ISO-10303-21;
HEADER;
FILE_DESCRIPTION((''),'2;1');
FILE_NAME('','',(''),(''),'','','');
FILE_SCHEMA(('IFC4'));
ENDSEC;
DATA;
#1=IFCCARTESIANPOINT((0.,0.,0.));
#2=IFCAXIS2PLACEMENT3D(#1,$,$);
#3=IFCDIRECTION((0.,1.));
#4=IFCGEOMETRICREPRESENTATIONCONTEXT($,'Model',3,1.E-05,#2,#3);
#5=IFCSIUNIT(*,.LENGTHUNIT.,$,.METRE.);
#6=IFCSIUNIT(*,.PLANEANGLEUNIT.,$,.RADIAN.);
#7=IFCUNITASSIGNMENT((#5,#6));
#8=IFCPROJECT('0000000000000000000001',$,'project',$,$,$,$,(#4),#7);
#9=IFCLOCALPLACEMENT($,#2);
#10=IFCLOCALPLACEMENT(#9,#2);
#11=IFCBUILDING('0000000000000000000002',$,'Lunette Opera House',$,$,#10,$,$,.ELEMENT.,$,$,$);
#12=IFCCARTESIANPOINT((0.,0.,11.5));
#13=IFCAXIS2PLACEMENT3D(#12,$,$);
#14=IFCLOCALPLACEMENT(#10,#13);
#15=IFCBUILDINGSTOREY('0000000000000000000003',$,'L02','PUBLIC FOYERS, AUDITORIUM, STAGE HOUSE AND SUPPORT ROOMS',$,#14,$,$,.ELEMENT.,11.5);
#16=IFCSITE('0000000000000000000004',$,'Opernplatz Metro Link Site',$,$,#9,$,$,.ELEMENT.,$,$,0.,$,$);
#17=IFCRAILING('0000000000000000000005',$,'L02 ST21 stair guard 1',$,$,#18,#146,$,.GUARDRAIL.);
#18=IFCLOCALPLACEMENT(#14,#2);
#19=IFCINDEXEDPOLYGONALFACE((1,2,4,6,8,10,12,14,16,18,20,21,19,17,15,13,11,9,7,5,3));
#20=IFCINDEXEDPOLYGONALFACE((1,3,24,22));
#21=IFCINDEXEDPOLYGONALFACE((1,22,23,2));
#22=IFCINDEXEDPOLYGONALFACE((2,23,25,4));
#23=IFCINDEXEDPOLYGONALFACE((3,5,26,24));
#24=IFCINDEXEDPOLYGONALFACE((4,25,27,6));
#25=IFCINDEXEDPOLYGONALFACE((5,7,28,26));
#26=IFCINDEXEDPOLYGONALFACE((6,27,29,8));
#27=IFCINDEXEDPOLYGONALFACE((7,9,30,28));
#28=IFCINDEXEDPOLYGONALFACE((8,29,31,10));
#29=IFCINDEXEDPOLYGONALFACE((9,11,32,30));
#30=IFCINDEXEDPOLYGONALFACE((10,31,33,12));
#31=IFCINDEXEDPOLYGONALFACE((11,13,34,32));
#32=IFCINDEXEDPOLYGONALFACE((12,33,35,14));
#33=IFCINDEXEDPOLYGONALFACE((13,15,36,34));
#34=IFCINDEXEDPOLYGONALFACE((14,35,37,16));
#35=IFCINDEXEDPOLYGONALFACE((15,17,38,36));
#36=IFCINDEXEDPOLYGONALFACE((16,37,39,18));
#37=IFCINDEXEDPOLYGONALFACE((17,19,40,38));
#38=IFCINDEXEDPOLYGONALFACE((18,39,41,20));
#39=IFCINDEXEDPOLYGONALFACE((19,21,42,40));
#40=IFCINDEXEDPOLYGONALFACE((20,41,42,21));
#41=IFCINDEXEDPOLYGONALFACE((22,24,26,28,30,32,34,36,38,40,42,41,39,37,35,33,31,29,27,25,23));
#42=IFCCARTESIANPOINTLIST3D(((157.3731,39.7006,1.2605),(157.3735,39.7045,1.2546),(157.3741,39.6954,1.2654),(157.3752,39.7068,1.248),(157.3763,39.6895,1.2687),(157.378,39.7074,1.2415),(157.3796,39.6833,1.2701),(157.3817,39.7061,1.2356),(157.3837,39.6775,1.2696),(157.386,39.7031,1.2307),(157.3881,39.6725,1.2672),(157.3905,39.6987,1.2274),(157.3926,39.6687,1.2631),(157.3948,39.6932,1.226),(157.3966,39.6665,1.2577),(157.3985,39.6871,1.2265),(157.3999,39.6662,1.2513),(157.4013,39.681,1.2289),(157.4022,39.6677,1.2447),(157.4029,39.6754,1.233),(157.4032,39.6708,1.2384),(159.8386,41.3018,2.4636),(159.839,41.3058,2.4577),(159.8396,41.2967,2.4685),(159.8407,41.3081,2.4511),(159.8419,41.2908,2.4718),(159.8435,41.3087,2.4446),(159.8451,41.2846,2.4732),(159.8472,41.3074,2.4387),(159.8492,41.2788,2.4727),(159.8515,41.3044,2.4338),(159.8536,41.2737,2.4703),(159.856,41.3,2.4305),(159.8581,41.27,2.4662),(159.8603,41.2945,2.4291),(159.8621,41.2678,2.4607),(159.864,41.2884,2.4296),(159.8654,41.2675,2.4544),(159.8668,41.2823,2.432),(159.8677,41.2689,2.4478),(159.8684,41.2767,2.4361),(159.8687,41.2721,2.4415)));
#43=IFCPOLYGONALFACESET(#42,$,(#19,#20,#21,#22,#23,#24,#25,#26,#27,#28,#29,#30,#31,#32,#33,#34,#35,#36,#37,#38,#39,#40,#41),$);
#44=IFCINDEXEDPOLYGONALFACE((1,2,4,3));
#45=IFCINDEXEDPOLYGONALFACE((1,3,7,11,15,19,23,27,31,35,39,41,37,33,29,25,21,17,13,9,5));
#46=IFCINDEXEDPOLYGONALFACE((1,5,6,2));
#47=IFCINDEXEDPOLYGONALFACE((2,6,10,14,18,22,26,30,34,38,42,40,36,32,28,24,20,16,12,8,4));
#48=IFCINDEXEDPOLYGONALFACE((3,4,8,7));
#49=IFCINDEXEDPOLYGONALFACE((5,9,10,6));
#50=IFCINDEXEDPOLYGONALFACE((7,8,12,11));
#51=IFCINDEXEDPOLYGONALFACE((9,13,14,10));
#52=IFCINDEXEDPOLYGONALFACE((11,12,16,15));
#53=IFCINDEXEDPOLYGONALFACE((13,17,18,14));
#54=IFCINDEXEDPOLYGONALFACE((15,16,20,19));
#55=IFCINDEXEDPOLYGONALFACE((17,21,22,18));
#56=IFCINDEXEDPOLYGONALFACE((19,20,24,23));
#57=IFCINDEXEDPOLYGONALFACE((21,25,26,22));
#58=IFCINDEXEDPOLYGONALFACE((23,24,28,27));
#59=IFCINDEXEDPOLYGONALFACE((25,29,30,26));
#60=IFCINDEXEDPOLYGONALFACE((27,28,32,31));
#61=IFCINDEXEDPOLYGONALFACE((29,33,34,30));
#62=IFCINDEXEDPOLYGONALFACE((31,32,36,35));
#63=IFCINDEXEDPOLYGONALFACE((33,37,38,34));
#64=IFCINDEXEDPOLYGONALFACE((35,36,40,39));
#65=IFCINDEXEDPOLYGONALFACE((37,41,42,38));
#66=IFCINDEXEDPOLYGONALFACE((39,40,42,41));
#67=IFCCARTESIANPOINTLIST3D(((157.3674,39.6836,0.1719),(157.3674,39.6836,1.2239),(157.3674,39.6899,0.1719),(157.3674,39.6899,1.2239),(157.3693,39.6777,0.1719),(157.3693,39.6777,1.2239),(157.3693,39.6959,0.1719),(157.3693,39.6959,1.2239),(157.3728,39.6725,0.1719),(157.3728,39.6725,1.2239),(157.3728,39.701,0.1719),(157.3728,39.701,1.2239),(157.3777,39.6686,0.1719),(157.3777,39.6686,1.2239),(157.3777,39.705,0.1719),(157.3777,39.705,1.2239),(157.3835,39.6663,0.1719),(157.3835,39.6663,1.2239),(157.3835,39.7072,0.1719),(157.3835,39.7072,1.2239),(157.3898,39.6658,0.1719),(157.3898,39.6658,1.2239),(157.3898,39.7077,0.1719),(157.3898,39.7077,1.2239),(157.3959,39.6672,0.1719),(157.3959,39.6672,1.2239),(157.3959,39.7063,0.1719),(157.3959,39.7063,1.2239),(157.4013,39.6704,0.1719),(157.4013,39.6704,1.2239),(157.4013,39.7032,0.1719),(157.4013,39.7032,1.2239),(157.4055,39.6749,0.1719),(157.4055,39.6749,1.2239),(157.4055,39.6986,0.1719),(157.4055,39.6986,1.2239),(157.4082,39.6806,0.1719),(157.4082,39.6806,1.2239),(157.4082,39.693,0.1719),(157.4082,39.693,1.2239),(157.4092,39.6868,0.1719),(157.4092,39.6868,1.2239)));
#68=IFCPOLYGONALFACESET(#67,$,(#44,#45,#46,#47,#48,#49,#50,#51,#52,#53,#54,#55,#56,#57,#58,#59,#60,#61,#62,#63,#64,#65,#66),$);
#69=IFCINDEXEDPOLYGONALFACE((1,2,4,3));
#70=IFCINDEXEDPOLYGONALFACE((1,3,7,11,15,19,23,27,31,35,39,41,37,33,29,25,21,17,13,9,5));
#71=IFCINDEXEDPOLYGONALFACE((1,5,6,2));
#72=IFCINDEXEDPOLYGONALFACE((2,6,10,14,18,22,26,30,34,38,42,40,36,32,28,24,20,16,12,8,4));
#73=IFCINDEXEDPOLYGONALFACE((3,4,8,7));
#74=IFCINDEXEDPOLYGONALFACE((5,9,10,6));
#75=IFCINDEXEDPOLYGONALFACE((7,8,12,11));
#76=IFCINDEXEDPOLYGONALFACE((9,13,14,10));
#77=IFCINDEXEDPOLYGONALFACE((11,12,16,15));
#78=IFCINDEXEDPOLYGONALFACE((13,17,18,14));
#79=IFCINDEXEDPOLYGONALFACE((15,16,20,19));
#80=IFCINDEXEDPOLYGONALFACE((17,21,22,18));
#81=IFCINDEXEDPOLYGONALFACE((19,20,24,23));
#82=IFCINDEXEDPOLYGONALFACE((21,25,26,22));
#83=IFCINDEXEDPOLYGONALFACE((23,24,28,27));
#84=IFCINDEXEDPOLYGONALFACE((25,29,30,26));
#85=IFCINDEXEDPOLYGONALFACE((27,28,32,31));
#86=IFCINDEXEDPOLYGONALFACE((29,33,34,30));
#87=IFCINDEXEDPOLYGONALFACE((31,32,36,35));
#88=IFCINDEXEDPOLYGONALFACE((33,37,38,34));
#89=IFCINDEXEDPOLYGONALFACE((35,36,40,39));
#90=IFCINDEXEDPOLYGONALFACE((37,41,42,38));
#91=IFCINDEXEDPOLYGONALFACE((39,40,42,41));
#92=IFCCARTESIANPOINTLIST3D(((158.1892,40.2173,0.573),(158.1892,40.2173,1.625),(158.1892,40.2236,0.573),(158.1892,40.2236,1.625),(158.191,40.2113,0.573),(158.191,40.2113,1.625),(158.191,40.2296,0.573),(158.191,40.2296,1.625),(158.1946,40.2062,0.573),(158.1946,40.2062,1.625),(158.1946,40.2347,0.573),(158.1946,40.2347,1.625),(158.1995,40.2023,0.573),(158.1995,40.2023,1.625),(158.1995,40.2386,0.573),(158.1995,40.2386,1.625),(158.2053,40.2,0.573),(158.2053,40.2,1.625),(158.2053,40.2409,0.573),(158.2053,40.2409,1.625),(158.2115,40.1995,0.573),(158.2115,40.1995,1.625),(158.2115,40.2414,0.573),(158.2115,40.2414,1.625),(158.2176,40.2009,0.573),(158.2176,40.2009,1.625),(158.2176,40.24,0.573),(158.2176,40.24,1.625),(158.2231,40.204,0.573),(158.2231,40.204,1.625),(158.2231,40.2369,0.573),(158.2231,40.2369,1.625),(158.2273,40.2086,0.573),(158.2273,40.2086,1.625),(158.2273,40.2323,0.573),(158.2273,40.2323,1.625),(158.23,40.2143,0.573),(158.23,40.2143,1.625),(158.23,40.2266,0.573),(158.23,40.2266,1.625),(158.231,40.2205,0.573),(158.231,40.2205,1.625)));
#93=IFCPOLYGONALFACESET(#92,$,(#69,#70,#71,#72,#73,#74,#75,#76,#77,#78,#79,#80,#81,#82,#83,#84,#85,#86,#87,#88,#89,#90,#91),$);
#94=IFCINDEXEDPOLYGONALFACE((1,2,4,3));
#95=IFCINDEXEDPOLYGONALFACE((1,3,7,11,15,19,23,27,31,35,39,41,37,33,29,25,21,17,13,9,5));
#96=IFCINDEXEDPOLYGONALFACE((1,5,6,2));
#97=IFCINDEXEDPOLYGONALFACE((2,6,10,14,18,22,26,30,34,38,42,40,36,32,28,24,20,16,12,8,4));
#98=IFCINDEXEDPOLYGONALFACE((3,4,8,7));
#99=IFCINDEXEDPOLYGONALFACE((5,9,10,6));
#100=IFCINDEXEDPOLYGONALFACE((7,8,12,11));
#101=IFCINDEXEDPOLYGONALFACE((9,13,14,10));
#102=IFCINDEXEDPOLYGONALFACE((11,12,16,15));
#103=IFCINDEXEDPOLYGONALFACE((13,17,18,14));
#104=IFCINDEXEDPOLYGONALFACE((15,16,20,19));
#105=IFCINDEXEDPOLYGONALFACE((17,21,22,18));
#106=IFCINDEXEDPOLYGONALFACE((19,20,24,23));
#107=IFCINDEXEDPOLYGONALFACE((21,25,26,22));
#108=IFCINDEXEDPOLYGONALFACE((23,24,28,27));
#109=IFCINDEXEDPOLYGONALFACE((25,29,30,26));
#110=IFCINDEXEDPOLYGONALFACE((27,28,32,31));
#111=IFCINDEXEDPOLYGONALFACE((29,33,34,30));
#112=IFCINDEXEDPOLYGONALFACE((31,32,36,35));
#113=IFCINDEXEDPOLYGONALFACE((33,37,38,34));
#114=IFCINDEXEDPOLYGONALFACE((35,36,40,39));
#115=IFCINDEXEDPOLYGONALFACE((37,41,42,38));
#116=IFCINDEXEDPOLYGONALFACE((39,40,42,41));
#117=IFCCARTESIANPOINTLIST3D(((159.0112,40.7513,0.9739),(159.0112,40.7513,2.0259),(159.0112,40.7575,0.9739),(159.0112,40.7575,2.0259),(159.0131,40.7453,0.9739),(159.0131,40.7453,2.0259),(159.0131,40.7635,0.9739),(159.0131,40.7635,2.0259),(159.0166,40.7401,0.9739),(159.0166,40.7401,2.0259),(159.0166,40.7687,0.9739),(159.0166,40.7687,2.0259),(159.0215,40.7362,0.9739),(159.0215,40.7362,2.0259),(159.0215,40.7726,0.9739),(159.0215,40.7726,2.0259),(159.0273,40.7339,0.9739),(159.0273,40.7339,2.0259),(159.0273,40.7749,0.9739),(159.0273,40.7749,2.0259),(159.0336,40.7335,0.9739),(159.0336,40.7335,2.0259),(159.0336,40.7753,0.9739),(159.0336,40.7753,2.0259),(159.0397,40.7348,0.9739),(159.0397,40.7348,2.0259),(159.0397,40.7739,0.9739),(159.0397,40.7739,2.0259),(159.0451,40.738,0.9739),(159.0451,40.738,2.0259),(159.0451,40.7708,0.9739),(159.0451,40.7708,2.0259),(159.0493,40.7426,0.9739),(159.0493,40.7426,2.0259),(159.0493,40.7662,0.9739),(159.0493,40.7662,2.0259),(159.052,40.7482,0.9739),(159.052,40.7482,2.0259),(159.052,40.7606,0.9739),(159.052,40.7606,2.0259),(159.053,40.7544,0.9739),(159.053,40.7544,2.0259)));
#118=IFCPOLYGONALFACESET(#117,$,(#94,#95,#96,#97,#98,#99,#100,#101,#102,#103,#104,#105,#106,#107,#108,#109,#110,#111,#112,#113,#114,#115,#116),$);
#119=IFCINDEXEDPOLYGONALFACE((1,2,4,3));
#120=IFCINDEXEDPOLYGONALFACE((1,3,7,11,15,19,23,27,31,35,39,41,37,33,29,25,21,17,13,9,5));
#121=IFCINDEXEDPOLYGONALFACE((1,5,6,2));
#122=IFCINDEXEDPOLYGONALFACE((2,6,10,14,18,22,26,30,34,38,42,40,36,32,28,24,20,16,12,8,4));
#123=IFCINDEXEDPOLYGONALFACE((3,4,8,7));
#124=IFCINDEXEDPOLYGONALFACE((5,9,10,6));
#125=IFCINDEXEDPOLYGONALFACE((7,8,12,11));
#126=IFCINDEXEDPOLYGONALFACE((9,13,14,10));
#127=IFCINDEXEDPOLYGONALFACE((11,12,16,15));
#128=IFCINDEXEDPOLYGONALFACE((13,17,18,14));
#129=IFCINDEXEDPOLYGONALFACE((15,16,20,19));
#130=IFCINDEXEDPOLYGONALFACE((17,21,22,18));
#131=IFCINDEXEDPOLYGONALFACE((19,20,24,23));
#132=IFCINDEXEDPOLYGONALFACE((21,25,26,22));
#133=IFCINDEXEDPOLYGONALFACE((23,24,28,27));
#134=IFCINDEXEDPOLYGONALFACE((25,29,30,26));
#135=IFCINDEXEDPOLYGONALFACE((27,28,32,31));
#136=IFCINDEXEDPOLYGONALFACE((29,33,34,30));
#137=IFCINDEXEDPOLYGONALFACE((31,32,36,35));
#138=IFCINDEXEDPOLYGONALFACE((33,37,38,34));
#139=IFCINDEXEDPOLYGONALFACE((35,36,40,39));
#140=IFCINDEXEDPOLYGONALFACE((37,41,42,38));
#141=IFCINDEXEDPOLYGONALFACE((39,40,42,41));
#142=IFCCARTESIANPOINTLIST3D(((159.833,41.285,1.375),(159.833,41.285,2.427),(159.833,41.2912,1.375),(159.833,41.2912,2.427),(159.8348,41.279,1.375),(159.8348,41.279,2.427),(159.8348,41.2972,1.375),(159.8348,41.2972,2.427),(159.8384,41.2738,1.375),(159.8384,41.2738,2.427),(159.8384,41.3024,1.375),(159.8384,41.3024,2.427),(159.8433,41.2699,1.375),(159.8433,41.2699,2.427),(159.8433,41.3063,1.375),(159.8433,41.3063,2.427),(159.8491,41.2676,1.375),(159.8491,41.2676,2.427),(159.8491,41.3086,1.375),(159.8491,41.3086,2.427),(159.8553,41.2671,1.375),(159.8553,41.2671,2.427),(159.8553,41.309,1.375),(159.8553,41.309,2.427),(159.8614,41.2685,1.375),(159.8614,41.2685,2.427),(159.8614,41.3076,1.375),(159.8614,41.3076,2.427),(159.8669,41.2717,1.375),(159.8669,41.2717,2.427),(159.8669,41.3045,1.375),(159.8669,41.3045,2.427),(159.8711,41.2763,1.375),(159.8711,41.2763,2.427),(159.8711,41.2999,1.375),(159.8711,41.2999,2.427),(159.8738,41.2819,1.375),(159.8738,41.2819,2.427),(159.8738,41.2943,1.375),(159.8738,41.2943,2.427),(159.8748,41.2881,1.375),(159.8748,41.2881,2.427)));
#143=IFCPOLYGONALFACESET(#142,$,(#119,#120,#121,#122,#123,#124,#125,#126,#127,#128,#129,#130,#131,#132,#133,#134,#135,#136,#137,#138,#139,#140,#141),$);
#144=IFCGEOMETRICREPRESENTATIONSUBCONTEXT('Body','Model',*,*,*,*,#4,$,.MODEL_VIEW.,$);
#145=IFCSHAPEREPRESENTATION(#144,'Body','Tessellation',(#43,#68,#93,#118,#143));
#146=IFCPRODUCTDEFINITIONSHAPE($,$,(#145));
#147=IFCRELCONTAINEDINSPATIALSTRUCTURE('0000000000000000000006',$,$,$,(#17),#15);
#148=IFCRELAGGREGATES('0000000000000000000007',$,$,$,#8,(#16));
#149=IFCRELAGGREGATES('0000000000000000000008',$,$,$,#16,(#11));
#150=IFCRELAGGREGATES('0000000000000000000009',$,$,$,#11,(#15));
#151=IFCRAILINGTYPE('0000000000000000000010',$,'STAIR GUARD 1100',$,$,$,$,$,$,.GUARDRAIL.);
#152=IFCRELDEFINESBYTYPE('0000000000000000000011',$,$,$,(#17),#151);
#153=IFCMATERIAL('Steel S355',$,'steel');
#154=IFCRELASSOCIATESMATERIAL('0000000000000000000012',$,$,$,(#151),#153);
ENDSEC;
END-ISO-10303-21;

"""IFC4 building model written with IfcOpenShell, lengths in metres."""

from ifc_helpers import new_model, si_unit, direction, frame, origin, origin_2d, place, context, subcontext, project, spatial, circle, extrude, material, type_object, element, save


model = new_model("IFC4")

# Units and contexts
model_context = context("Model", 3, precision=1e-05, world=origin(), true_north=direction((0.0, 1.0)))
body_context = subcontext(model_context, "Body", "Model", "MODEL_VIEW")
ifc_project = project(units=[si_unit("LENGTHUNIT", "METRE"), si_unit("PLANEANGLEUNIT", "RADIAN")], contexts=[model_context])

# Site, building, storey
site_placement = place(None, origin())
site = spatial("IfcSite", under=ifc_project, at=site_placement, Name="Opernplatz Metro Link Site", CompositionType="ELEMENT", RefElevation=0.0)
building_placement = place(site_placement, origin())
building = spatial("IfcBuilding", under=site, at=building_placement, Name="Lunette Opera House", CompositionType="ELEMENT")
storey_placement = place(building_placement, frame((0.0, 0.0, 11.5)))
storey = spatial("IfcBuildingStorey", under=building, at=storey_placement, Name="L02", Description="PUBLIC FOYERS, AUDITORIUM, STAGE HOUSE AND SUPPORT ROOMS", CompositionType="ELEMENT", Elevation=11.5)

# Railing
ifc_material_1 = material(Name="Steel S355", Category="steel")
railing_type = type_object("IfcRailingType", Name="STAIR GUARD 1100", PredefinedType="GUARDRAIL", material=ifc_material_1)
railing_1_placement = place(storey_placement, frame((157.3882, 39.6868, 0.1719)))
element("IfcRailing", 1, at=railing_1_placement, inside=storey, type_object=railing_type, Name="L02 ST21 stair guard 1", PredefinedType="GUARDRAIL", context=body_context, shape_type="SweptSolid", body=[
    extrude(circle(Radius=0.0239, at=origin_2d()), frame((0.0, 0.0, 1.0762), z_axis=(0.776168, 0.504098, 0.378746), x_axis=(-0.544676, 0.838647, 0.0)), (0.0, 0.0, 1.0), 3.1765),
    extrude(circle(Radius=0.021, at=origin_2d()), origin(), (0.0, 0.0, 1.0), 1.052),
    extrude(circle(Radius=0.021, at=origin_2d()), frame((0.8218, 0.5337, 0.4011)), (0.0, 0.0, 1.0), 1.052),
    extrude(circle(Radius=0.021, at=origin_2d()), frame((1.6438, 1.0676, 0.802)), (0.0, 0.0, 1.0), 1.052),
    extrude(circle(Radius=0.021, at=origin_2d()), frame((2.4656, 1.6013, 1.2031)), (0.0, 0.0, 1.0), 1.052),
])

save(model, "model.ifc")
